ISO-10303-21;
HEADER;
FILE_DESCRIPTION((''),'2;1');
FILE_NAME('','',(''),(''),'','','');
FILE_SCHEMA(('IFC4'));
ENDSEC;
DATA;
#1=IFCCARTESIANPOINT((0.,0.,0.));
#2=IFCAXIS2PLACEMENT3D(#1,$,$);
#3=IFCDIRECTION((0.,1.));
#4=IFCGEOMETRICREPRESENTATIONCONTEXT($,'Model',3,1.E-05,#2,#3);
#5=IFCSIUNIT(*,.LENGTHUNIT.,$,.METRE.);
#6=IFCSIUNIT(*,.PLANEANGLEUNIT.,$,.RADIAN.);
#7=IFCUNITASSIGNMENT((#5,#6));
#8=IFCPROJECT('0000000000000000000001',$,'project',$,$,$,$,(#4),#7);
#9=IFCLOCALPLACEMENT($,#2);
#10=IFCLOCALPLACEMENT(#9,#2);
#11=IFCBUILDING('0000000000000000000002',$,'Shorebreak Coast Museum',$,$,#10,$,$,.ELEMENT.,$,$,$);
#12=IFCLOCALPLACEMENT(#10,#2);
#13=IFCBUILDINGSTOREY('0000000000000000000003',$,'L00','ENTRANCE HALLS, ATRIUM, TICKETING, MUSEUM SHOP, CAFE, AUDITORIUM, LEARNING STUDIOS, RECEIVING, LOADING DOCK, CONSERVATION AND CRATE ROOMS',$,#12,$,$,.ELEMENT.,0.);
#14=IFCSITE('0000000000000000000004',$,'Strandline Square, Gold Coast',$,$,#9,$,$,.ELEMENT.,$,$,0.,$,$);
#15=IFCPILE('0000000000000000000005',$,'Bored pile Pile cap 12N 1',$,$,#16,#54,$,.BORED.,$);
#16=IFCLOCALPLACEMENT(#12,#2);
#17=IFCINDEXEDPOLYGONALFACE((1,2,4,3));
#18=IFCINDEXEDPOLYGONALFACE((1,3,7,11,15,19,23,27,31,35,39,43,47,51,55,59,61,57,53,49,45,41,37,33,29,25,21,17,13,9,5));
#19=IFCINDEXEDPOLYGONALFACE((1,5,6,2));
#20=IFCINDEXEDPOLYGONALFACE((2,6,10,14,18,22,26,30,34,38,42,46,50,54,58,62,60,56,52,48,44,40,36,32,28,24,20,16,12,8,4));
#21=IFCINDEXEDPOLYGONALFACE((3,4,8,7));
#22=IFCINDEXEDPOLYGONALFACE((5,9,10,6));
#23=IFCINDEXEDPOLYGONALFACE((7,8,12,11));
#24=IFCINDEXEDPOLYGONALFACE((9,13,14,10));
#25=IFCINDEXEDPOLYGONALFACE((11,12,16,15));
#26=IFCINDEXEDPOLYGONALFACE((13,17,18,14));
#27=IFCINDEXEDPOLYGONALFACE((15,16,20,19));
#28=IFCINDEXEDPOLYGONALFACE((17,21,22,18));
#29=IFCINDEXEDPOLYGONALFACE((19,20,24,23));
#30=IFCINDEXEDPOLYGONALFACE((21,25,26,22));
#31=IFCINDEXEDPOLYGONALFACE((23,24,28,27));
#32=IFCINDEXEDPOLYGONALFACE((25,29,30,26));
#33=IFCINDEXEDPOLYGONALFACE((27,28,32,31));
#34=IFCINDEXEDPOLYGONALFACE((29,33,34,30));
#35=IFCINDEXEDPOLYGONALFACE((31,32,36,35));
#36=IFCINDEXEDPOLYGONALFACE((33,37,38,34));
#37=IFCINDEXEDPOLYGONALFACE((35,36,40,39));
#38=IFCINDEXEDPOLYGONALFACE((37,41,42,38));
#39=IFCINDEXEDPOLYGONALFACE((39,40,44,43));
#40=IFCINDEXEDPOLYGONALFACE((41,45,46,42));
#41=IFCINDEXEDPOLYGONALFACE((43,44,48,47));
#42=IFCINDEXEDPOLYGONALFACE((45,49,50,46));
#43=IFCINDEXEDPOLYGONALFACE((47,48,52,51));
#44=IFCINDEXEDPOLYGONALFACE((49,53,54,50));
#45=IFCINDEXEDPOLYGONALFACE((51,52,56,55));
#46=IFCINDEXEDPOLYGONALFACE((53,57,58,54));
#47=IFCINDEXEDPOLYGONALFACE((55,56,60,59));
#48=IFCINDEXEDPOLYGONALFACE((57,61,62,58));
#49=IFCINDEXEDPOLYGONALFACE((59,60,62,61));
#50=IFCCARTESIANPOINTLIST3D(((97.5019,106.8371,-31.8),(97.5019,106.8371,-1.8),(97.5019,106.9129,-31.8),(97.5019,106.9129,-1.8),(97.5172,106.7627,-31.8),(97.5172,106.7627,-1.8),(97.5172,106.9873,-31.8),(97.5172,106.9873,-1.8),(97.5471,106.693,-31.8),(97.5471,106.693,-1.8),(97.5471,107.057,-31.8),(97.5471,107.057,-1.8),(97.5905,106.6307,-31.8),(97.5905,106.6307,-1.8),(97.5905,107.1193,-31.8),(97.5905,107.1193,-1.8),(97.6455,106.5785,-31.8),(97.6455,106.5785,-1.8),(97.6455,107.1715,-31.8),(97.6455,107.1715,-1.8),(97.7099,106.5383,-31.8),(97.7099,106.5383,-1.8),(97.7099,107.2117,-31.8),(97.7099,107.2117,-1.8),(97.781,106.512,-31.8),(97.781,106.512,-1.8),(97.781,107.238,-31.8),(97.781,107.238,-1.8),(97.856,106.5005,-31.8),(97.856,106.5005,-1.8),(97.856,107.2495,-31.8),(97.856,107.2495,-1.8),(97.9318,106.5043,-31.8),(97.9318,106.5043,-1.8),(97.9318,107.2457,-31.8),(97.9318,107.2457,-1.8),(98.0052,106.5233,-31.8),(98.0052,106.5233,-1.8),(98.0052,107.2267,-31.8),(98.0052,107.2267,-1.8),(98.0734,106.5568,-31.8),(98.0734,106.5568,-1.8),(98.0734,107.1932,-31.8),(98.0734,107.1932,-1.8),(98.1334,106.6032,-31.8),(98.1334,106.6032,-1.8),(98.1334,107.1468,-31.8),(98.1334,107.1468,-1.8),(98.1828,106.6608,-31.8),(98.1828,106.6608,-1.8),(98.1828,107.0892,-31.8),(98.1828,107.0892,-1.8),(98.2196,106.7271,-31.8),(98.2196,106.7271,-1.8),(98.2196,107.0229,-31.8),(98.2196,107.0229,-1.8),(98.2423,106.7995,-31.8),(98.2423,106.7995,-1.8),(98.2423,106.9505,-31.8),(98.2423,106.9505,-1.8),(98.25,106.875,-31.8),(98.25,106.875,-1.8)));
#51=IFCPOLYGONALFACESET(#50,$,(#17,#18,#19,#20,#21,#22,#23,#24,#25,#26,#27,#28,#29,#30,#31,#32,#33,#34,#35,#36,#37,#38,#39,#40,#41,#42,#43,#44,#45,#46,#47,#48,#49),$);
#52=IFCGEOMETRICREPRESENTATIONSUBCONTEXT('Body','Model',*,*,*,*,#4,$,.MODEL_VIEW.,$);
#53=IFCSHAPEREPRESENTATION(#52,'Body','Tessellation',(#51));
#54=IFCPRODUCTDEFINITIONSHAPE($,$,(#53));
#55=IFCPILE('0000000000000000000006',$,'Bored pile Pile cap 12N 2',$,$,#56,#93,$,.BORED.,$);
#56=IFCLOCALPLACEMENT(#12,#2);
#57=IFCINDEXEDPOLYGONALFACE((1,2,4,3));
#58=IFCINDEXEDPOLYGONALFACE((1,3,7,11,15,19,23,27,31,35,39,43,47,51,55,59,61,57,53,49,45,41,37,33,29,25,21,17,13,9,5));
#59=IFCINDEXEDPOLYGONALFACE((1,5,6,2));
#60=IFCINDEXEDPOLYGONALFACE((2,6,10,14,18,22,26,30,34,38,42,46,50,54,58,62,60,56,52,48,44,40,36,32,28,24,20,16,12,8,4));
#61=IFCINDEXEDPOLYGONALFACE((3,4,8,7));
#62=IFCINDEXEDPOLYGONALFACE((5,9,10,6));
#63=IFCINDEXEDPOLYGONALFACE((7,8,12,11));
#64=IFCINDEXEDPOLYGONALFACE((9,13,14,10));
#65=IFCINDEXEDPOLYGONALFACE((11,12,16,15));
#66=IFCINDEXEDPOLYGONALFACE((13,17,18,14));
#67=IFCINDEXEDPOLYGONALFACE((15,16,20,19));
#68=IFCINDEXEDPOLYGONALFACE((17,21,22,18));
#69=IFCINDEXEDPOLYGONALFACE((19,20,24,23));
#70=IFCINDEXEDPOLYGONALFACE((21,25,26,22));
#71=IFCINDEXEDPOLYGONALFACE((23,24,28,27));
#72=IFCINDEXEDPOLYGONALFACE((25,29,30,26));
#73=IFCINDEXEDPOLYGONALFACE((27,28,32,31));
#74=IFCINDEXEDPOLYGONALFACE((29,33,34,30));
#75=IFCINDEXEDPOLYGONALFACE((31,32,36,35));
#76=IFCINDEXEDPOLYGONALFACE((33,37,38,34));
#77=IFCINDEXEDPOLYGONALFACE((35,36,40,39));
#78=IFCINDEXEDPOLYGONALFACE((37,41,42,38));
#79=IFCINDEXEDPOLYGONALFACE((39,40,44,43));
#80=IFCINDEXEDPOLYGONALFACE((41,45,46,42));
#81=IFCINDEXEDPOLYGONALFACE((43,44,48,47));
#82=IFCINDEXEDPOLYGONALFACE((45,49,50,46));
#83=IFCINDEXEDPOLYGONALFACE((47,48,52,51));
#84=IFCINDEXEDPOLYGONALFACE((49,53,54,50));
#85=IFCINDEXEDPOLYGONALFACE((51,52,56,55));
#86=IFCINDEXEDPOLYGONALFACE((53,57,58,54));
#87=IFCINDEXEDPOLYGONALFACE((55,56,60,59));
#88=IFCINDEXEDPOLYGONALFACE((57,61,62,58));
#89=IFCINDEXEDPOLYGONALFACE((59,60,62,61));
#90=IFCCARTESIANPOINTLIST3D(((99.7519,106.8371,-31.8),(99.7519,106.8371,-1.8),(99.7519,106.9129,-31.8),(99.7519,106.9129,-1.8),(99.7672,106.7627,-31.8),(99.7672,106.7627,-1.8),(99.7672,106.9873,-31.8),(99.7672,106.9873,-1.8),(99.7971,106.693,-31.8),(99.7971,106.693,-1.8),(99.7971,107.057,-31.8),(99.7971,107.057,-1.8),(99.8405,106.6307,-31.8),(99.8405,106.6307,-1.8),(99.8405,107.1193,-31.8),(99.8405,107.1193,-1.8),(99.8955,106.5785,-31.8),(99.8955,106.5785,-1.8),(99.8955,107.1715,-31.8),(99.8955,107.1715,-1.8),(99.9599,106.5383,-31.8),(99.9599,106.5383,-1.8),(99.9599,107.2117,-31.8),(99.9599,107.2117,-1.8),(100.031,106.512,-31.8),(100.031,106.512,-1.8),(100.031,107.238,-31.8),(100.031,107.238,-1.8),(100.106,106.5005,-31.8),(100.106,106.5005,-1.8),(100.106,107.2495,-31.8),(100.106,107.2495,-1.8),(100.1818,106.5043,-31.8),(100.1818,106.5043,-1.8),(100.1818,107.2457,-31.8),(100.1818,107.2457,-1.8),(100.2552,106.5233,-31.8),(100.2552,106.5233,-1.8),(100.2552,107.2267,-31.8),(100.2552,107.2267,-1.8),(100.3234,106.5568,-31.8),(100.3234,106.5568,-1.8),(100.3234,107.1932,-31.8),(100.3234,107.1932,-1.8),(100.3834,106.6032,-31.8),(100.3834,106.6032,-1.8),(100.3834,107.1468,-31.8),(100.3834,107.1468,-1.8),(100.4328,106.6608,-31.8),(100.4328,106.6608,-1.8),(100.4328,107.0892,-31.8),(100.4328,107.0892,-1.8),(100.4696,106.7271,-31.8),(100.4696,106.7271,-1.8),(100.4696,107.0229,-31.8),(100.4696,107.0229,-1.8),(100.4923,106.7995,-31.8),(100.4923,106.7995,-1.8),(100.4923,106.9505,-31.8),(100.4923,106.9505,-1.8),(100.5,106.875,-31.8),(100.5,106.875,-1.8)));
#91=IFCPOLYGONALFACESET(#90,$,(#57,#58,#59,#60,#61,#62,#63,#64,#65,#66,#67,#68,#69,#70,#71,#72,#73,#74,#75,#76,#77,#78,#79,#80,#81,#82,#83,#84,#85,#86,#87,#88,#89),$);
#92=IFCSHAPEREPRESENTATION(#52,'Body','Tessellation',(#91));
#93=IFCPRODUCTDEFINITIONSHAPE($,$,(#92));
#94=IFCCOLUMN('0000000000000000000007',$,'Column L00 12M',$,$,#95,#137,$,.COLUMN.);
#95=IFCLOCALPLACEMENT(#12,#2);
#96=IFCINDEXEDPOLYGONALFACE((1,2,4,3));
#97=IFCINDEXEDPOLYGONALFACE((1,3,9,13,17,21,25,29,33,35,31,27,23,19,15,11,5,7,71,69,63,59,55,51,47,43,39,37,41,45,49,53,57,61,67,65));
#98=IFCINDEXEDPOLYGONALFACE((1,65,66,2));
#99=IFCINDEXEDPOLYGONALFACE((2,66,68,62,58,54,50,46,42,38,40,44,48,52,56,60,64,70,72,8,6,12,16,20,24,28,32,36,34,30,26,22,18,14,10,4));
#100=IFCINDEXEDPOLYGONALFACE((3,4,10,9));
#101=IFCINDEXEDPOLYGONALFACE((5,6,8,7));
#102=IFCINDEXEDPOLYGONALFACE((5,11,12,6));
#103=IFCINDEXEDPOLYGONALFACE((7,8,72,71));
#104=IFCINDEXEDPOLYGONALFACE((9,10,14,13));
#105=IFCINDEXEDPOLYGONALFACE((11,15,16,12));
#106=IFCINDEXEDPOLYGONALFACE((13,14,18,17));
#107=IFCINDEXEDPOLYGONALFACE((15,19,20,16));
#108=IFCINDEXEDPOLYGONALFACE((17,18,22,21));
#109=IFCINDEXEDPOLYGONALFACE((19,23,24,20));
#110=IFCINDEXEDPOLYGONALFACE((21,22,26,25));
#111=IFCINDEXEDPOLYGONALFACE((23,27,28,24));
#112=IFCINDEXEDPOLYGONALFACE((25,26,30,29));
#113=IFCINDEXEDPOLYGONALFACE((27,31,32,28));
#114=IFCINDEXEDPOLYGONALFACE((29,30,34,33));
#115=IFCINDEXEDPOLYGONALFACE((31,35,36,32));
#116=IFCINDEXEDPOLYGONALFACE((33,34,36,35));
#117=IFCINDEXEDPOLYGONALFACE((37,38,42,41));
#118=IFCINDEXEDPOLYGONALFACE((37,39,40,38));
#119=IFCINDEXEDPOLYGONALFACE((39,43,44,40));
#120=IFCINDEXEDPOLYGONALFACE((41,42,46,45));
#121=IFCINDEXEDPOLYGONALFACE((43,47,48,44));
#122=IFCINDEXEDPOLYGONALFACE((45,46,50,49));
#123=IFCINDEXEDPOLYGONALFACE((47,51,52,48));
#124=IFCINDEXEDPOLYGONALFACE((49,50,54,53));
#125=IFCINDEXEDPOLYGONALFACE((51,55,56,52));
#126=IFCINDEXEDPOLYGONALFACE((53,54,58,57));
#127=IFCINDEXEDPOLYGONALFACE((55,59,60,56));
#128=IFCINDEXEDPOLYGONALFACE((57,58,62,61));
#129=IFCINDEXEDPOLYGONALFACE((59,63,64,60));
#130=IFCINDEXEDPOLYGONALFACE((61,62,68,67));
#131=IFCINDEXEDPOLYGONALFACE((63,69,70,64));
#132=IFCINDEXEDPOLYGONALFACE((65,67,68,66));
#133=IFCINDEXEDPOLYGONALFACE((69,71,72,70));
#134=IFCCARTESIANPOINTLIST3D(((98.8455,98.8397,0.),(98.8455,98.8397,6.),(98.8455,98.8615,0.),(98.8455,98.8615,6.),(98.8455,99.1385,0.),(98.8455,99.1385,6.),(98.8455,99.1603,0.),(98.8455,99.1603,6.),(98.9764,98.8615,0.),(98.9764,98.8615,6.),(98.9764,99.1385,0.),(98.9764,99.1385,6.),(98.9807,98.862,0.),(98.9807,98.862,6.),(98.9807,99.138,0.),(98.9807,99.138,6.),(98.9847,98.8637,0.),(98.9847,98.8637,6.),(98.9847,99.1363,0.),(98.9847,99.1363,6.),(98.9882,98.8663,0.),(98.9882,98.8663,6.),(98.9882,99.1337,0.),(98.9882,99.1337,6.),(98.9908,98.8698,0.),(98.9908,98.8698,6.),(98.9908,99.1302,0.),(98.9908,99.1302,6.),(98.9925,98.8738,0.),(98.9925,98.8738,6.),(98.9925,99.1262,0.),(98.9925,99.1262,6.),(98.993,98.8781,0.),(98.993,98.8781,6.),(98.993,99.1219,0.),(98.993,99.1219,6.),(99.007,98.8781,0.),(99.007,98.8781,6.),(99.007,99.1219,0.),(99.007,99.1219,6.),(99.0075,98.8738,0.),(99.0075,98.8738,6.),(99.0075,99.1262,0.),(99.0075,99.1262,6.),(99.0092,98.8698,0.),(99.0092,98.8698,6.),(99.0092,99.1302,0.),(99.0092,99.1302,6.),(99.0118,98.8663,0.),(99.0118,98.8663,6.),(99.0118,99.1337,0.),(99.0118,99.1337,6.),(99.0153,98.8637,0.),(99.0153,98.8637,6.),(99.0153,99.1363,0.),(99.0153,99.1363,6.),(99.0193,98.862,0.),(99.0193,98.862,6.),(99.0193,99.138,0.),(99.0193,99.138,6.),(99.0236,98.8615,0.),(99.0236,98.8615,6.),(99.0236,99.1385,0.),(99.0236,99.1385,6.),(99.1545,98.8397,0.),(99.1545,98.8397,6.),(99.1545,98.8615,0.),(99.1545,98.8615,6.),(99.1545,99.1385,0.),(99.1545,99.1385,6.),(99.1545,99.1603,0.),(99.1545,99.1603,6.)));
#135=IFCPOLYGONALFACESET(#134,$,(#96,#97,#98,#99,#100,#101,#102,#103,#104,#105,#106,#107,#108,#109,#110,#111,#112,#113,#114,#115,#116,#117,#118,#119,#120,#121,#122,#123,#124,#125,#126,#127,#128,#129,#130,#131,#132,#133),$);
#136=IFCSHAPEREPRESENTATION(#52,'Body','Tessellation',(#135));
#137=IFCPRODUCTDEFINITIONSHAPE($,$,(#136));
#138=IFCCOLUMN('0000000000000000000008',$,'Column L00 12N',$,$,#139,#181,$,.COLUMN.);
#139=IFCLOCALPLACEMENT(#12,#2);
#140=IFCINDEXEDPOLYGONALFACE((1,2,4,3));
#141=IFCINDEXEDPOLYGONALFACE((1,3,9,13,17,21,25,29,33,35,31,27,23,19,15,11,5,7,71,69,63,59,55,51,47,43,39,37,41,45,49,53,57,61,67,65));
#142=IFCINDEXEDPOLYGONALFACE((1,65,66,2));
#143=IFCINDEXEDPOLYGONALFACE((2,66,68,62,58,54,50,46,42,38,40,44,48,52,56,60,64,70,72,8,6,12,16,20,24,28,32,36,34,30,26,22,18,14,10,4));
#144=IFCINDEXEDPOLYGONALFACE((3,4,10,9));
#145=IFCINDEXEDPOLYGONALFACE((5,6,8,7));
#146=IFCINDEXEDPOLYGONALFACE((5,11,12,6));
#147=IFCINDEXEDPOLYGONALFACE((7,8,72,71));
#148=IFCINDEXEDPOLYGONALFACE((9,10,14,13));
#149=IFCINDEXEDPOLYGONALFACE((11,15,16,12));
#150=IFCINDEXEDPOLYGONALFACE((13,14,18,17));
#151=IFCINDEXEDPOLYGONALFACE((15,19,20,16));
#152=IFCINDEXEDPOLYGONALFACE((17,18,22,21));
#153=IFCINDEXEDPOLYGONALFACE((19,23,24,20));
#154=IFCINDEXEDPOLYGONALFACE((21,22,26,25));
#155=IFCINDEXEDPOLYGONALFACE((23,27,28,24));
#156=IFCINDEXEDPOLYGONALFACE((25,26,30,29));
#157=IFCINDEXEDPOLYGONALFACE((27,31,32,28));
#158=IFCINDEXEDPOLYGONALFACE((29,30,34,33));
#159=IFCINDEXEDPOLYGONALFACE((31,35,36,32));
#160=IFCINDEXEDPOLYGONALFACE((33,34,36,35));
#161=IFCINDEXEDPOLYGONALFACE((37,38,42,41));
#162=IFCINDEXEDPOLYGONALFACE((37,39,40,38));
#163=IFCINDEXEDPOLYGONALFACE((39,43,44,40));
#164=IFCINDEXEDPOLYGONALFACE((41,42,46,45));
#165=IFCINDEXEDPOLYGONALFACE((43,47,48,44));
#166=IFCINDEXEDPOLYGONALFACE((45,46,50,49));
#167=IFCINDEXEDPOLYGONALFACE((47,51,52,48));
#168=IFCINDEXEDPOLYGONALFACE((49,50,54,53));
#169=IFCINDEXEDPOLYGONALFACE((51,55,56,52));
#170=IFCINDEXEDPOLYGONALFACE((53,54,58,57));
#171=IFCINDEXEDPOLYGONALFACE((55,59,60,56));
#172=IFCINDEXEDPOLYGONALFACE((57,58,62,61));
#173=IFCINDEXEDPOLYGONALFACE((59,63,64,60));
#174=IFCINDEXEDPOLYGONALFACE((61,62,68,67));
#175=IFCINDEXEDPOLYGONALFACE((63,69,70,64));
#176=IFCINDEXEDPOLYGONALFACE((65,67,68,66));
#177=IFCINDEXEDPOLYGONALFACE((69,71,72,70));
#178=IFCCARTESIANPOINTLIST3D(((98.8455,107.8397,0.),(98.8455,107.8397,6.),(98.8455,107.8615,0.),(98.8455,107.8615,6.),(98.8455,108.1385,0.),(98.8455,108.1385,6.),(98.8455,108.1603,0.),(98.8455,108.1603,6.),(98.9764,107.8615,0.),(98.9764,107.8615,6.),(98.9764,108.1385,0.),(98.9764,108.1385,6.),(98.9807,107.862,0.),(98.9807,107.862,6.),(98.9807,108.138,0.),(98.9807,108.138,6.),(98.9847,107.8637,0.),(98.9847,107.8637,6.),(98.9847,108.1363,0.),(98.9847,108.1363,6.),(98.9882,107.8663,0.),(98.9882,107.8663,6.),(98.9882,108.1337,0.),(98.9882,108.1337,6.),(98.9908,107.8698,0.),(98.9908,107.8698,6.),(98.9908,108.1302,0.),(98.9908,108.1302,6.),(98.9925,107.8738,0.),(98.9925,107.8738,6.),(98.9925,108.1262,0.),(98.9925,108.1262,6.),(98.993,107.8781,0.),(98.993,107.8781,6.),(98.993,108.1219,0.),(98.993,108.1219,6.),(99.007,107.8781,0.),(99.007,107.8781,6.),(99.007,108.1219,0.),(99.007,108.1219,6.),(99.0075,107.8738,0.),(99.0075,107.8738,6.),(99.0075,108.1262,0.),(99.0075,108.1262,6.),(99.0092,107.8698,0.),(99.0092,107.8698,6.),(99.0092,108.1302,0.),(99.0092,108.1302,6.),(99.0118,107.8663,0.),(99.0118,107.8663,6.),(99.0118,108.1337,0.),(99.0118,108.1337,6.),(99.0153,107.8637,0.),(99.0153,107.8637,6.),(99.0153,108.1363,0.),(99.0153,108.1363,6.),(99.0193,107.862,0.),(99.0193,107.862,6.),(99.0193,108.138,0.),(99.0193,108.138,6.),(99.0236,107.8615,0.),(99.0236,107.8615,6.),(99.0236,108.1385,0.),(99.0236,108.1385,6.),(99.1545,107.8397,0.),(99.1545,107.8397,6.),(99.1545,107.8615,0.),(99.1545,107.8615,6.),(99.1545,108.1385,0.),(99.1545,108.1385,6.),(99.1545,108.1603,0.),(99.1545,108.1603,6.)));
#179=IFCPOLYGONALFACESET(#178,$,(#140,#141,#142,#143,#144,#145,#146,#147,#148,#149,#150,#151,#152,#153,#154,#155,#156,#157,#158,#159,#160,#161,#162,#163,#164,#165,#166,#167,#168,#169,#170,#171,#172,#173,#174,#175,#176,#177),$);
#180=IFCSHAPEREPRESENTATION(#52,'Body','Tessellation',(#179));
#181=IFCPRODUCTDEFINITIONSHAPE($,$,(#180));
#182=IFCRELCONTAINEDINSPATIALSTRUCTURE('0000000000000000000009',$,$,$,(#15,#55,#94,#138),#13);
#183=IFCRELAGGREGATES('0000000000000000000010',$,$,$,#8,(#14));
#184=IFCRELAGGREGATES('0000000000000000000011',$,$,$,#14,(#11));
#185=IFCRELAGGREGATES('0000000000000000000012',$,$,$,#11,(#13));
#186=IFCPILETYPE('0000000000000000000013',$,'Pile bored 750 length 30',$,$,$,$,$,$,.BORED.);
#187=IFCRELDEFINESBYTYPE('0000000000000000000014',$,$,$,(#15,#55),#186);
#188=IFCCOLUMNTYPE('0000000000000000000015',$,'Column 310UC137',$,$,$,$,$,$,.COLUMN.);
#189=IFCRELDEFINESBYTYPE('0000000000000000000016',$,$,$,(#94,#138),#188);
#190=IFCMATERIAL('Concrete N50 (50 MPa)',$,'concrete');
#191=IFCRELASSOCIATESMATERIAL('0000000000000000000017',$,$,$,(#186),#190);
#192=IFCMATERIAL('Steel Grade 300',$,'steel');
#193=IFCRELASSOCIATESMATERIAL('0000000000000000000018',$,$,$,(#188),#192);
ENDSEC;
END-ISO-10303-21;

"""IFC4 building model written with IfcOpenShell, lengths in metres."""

from ifc_helpers import new_model, si_unit, direction, frame, origin, origin_2d, place, context, subcontext, project, spatial, circle, i_section, extrude, material, material_profile, profile_set, type_object, element, save


model = new_model("IFC4")

# Units and contexts
model_context = context("Model", 3, precision=1e-05, world=origin(), true_north=direction((0.0, 1.0)))
body_context = subcontext(model_context, "Body", "Model", "MODEL_VIEW")
ifc_project = project(units=[si_unit("LENGTHUNIT", "METRE"), si_unit("PLANEANGLEUNIT", "RADIAN")], contexts=[model_context])

# Site, building, storey
site_placement = place(None, origin())
site = spatial("IfcSite", under=ifc_project, at=site_placement, Name="Strandline Square, Gold Coast", CompositionType="ELEMENT", RefElevation=0.0)
building_placement = place(site_placement, origin())
building = spatial("IfcBuilding", under=site, at=building_placement, Name="Shorebreak Coast Museum", CompositionType="ELEMENT")
storey_placement = place(building_placement, origin())
storey = spatial("IfcBuildingStorey", under=building, at=storey_placement, Name="L00", Description="ENTRANCE HALLS, ATRIUM, TICKETING, MUSEUM SHOP, CAFE, AUDITORIUM, LEARNING STUDIOS, RECEIVING, LOADING DOCK, CONSERVATION AND CRATE ROOMS", CompositionType="ELEMENT", Elevation=0.0)

# Piles
ifc_material_1 = material(Name="Concrete N50 (50 MPa)", Category="concrete")
ifc_material_profile_1 = material_profile(ifc_material_1, circle(Radius=0.375, at=origin_2d()), Name="Pile bored 750 length 30")
ifc_profile_set_1 = profile_set([ifc_material_profile_1], Name="Concrete N50 (50 MPa)")
pile_type_1 = type_object("IfcPileType", Name="Pile bored 750 length 30", PredefinedType="BORED", material=ifc_profile_set_1)
for number, where, z_axis, x_axis, name in (
    (1, (97.875, 106.875, -1.8), (0.0, 0.0, -1.0), (1.0, 0.0, 0.0), "Bored pile Pile cap 12N 1"),
    (2, (100.125, 106.875, -1.8), (0.0, 0.0, -1.0), (1.0, 0.0, 0.0), "Bored pile Pile cap 12N 2"),
):
    element("IfcPile", number, at=place(storey_placement, frame(where, z_axis=z_axis, x_axis=x_axis)), inside=storey, type_object=pile_type_1, Name=name, PredefinedType="BORED", context=body_context, shape_type="SweptSolid", body=[
        extrude(circle(Radius=0.375, at=origin_2d()), origin(), (0.0, 0.0, 1.0), 30.0),
    ])

# Columns
ifc_material_2 = material(Name="Steel Grade 300", Category="steel")
ifc_material_profile_2 = material_profile(ifc_material_2, i_section(OverallWidth=0.3091, OverallDepth=0.3206, WebThickness=0.0139, FlangeThickness=0.0217, FilletRadius=0.0166, at=origin_2d()), Name="310UC137")
ifc_profile_set_2 = profile_set([ifc_material_profile_2], Name="Steel Grade 300")
column_type = type_object("IfcColumnType", Name="Column 310UC137", PredefinedType="COLUMN", material=ifc_profile_set_2)
for number, where, z_axis, x_axis, name in (
    (3, (99.0, 99.0, 0.0), (0.0, 0.0, 1.0), (1.0, 0.0, 0.0), "Column L00 12M"),
    (4, (99.0, 108.0, 0.0), (0.0, 0.0, 1.0), (1.0, 0.0, 0.0), "Column L00 12N"),
):
    element("IfcColumn", number, at=place(storey_placement, frame(where, z_axis=z_axis, x_axis=x_axis)), inside=storey, type_object=column_type, Name=name, PredefinedType="COLUMN", context=body_context, shape_type="SweptSolid", body=[
        extrude(i_section(OverallWidth=0.3091, OverallDepth=0.3206, WebThickness=0.0139, FlangeThickness=0.0217, FilletRadius=0.0166, at=origin_2d()), origin(), (0.0, 0.0, 1.0), 6.0),
    ])

save(model, "model.ifc")
